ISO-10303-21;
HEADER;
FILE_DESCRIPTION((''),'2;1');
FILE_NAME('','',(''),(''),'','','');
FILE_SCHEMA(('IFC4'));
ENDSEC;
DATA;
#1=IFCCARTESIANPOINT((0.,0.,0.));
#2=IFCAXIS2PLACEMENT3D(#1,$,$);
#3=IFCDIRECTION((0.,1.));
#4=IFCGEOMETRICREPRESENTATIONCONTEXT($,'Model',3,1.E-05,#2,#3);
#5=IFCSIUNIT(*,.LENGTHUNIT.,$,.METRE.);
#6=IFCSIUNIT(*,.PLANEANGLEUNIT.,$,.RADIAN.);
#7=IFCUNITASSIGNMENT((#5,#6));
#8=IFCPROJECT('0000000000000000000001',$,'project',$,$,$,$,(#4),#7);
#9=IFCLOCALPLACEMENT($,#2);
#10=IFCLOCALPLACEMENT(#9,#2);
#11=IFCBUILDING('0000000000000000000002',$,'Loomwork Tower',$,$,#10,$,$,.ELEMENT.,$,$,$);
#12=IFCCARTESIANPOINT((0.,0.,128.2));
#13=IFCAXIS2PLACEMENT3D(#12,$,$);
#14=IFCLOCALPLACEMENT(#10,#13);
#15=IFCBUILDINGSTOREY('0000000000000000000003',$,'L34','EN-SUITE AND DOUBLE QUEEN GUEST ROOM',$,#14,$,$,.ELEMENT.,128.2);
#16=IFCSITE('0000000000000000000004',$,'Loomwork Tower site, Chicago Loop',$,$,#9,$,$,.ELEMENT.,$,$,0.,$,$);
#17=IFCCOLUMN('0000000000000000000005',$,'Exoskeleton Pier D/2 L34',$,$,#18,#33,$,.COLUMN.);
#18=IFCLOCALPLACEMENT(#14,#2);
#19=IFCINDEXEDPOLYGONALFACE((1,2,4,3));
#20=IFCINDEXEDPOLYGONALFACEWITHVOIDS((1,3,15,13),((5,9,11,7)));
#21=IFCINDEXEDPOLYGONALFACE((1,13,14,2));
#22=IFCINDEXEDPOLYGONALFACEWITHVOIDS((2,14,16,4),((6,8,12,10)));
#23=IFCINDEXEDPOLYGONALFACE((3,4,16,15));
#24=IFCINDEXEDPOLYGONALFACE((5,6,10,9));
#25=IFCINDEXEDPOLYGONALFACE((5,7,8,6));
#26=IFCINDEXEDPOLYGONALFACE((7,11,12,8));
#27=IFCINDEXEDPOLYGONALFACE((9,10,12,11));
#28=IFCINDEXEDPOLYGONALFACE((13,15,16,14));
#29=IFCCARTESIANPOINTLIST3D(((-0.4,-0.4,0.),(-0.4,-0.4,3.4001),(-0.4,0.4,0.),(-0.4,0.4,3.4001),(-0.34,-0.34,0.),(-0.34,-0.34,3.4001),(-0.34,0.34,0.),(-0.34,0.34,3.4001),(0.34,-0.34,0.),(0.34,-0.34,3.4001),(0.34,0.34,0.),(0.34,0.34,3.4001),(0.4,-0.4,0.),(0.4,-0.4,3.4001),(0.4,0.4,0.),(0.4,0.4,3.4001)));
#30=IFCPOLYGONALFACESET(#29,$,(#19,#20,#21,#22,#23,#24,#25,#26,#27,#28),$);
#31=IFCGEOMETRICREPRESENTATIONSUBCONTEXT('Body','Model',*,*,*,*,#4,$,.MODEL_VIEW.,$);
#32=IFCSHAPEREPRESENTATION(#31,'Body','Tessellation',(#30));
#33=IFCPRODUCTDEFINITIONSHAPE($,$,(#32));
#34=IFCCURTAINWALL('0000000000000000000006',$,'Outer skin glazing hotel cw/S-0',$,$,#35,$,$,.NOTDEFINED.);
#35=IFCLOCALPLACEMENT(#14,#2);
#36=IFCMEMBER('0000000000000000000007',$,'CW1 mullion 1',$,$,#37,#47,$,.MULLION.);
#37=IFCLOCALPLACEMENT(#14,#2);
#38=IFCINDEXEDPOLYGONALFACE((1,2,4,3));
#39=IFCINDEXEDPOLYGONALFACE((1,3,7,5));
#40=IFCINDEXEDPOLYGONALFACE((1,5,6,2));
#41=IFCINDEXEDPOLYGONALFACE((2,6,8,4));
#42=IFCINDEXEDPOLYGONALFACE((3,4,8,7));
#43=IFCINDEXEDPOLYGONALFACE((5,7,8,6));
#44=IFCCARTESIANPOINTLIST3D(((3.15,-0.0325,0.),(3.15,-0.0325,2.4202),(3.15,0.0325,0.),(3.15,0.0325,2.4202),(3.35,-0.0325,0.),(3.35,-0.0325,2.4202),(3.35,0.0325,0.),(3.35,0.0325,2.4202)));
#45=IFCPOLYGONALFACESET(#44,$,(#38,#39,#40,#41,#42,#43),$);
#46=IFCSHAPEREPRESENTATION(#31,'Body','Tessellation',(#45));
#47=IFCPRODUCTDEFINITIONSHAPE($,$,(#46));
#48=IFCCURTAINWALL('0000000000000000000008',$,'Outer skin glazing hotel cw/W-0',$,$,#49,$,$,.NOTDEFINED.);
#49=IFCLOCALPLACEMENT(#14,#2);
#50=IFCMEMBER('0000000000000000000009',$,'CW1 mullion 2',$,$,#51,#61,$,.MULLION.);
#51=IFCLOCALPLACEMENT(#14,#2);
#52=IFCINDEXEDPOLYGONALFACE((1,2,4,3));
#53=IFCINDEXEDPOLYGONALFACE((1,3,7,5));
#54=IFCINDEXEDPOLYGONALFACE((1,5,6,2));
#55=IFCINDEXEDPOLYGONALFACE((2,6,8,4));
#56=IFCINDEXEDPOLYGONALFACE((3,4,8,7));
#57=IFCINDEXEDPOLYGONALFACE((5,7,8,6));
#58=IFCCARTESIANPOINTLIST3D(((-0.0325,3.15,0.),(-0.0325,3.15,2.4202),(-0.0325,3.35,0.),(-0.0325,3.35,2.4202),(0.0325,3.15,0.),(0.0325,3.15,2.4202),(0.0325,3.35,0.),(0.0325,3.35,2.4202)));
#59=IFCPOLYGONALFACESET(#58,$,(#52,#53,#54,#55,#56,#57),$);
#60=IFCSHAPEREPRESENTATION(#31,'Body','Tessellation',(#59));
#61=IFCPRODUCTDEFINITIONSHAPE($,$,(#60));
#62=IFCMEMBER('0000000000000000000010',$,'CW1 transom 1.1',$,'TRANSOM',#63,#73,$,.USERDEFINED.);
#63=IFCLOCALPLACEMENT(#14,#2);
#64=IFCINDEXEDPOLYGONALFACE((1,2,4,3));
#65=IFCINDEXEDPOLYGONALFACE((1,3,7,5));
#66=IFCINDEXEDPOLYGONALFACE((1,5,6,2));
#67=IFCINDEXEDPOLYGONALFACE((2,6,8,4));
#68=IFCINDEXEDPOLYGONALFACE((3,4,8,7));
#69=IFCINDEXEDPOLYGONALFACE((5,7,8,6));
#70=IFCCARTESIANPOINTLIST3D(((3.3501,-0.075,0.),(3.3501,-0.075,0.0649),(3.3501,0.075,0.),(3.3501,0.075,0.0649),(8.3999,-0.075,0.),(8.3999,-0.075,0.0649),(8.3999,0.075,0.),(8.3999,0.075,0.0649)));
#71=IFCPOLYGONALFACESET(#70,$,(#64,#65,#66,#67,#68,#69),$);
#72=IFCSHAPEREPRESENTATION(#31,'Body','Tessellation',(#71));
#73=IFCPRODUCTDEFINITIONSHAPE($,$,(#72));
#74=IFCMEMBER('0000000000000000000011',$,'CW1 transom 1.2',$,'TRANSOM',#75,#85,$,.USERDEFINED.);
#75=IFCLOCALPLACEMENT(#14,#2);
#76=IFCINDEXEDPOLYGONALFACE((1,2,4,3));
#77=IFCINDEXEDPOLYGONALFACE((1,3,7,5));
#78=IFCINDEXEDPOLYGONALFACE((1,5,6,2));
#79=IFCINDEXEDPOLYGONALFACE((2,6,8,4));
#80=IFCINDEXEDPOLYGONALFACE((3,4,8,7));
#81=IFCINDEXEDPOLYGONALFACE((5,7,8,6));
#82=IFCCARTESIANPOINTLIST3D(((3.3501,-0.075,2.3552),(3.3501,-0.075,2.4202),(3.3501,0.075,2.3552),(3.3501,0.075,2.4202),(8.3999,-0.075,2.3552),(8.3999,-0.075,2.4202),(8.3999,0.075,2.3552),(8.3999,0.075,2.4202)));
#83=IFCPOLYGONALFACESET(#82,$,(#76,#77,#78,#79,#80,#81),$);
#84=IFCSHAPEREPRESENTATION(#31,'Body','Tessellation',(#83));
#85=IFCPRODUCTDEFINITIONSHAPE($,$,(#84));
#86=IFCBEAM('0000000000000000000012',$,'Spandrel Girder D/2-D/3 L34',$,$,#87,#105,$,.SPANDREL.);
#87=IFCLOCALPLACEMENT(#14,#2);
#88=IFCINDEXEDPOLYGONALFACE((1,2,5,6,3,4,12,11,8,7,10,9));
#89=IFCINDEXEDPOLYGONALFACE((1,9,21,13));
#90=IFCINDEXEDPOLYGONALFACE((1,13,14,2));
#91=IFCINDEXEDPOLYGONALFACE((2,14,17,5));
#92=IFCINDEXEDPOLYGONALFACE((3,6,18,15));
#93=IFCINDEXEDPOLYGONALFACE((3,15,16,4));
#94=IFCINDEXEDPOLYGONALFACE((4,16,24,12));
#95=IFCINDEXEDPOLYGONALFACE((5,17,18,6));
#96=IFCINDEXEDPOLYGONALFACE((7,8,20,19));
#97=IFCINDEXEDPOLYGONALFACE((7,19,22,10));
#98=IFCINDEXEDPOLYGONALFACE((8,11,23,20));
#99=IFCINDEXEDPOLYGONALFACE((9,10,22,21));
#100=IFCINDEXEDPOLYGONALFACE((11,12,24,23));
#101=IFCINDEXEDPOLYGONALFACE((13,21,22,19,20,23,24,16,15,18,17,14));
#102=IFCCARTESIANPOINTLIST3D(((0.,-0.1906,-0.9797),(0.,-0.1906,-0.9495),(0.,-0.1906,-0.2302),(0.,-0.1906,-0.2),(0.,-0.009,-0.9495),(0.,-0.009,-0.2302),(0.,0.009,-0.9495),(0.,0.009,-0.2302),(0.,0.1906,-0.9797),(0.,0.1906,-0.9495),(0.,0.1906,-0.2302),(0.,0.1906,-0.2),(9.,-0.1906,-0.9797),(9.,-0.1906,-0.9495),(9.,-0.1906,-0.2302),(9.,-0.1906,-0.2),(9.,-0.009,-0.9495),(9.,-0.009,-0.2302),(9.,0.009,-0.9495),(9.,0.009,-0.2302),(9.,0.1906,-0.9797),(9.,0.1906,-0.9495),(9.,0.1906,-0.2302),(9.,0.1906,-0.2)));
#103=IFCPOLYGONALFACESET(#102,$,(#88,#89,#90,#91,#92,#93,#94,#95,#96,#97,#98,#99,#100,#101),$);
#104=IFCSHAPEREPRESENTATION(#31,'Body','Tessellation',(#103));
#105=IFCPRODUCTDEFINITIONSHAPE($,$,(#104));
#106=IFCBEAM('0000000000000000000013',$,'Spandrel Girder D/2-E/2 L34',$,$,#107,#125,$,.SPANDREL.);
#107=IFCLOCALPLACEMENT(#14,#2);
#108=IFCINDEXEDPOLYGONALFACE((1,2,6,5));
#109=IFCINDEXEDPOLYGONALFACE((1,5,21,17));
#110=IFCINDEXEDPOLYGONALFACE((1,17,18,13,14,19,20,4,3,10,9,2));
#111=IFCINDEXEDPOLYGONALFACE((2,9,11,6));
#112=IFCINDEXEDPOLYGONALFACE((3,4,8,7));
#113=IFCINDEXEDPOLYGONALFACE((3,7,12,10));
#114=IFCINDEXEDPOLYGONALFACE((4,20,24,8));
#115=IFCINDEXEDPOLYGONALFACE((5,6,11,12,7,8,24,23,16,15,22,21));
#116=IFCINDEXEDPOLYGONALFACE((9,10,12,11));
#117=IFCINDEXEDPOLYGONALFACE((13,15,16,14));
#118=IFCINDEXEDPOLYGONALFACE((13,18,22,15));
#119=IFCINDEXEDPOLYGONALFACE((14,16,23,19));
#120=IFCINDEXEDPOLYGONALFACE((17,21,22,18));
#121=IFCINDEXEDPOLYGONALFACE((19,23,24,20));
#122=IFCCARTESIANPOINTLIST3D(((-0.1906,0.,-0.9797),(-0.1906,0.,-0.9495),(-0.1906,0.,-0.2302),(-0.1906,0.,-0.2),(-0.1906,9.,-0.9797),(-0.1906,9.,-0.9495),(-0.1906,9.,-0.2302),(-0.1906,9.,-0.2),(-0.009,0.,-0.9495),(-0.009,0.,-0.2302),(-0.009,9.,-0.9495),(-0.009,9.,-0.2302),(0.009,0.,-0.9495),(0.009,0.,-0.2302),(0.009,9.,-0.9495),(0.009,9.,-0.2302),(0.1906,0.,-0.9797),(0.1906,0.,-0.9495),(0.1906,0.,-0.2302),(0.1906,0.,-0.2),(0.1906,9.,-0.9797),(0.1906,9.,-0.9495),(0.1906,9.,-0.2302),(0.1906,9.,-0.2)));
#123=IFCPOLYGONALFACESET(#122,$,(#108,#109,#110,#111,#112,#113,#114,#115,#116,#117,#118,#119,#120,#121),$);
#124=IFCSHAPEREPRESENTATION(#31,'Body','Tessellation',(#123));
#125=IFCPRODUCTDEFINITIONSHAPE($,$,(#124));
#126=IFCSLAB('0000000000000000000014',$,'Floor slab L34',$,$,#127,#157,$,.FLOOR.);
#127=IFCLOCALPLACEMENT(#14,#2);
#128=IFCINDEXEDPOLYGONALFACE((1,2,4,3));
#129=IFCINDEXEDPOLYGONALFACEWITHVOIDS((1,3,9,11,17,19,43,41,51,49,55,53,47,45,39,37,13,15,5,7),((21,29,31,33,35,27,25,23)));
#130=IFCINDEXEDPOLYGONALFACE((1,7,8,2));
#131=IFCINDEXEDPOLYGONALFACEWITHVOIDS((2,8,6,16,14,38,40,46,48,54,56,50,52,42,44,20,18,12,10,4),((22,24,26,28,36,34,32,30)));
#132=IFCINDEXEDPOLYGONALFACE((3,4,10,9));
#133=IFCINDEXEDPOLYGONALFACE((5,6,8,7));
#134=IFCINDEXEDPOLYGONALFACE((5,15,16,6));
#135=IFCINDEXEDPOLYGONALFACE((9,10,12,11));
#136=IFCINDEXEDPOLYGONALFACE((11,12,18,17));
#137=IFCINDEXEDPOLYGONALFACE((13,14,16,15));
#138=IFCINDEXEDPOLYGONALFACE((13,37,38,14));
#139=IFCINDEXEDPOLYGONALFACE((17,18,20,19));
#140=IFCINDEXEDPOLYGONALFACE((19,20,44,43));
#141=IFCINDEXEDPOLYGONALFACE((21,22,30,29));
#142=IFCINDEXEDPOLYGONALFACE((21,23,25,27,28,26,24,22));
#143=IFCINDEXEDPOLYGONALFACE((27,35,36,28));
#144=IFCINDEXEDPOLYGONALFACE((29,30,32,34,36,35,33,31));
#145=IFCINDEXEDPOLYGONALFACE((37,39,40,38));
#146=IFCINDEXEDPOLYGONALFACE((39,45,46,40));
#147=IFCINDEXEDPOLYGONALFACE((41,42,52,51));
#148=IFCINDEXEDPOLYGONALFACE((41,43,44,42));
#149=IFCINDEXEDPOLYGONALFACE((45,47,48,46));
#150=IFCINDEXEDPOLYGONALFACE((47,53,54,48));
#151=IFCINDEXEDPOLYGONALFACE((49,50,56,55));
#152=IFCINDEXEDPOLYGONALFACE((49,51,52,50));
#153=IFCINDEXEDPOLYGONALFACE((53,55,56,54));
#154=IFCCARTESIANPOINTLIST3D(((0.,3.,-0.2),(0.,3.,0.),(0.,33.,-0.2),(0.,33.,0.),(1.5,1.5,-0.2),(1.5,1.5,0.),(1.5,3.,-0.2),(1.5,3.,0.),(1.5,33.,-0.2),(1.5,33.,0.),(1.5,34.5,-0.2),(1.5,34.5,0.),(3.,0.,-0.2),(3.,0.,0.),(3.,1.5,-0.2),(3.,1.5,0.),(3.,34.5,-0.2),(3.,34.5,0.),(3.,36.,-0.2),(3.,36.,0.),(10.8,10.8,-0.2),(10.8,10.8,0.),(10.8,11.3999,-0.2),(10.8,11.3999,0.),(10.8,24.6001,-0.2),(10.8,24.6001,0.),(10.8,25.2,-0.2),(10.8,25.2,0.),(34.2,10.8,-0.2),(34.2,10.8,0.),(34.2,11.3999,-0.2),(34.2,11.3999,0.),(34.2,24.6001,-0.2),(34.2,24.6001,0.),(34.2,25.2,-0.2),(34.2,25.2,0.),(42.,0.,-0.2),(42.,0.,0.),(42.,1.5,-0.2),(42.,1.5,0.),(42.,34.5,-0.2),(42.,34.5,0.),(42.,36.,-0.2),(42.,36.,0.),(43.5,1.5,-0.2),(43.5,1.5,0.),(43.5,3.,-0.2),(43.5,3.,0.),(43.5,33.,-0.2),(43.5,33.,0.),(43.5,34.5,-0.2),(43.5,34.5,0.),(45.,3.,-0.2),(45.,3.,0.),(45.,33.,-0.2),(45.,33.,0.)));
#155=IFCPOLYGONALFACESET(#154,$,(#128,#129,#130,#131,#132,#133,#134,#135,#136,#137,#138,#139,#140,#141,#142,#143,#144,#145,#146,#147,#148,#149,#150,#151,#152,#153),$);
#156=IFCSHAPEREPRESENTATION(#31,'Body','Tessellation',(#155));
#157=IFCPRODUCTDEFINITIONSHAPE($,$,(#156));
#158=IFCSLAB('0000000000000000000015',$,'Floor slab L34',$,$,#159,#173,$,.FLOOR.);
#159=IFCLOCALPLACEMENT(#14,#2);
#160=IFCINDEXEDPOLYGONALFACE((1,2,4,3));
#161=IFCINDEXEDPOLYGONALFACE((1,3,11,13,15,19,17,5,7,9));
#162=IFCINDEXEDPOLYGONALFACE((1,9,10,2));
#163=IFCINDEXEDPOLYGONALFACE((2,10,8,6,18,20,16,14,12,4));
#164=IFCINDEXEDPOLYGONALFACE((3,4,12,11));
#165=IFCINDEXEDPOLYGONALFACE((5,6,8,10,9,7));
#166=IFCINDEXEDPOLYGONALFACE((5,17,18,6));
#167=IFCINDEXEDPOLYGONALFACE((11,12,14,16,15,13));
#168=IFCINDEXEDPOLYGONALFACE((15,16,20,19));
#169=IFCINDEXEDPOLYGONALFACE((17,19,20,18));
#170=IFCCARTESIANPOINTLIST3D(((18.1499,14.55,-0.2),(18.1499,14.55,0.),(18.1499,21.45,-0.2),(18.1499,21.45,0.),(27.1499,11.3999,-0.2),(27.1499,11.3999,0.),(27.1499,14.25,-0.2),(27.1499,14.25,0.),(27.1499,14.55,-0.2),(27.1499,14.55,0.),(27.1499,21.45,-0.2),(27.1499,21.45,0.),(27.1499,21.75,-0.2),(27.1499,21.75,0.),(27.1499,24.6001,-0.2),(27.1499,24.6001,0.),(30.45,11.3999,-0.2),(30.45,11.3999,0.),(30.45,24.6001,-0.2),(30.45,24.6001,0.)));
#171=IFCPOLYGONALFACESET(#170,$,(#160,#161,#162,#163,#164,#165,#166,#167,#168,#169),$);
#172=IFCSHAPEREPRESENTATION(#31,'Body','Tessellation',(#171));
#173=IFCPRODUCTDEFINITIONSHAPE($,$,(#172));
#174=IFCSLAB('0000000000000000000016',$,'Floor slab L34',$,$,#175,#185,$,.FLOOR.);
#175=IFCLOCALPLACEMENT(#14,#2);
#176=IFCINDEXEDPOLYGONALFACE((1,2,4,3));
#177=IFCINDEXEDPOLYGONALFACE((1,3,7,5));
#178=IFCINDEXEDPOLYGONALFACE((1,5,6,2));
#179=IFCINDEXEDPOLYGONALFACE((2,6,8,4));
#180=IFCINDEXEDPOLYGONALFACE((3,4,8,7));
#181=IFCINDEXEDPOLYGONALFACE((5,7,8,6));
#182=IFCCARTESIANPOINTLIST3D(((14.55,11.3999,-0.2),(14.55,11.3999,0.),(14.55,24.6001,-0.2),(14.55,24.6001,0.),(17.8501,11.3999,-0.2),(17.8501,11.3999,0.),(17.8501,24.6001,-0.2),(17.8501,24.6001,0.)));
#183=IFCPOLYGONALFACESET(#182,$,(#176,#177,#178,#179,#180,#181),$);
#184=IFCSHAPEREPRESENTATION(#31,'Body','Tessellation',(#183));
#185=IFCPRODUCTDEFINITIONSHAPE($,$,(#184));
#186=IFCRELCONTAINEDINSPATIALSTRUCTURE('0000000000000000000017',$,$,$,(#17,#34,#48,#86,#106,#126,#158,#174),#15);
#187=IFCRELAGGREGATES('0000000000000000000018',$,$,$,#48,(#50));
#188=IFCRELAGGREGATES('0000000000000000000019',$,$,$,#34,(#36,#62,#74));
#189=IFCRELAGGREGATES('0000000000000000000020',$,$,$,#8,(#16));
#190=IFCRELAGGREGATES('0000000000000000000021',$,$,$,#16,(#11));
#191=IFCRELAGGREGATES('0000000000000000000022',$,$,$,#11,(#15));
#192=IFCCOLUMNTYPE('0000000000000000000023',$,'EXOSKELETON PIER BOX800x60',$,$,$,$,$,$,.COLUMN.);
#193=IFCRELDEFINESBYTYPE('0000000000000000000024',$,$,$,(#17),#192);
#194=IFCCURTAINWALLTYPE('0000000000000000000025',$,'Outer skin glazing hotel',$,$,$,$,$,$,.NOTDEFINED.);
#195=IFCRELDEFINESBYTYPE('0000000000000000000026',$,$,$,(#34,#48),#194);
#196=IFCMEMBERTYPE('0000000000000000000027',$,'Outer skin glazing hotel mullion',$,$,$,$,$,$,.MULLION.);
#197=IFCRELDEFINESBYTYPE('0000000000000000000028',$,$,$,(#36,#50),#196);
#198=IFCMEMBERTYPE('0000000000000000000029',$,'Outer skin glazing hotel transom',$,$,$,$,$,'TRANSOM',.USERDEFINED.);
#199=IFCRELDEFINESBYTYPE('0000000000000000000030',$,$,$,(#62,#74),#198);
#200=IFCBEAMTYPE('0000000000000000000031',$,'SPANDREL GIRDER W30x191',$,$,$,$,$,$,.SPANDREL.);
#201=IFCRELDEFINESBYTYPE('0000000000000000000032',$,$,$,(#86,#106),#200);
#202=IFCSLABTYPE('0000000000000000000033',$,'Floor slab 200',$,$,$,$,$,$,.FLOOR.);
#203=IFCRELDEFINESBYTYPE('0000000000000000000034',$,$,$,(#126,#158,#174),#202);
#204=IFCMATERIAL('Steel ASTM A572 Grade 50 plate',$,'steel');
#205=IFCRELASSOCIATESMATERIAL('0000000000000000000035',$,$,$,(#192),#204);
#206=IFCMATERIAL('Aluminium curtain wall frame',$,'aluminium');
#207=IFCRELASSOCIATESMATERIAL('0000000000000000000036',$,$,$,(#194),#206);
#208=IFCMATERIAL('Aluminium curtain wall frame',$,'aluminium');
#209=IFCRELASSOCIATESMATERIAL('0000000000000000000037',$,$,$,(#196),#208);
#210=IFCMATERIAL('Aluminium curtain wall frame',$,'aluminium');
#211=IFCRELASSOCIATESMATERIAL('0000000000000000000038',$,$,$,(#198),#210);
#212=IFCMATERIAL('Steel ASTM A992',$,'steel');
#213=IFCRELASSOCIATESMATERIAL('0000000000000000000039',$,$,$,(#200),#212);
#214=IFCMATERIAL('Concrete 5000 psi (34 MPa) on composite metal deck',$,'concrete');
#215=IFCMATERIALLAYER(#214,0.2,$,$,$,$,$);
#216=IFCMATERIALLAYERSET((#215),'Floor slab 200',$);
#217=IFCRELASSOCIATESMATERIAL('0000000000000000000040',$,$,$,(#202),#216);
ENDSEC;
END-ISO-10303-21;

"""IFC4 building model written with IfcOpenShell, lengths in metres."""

from ifc_helpers import new_model, si_unit, direction, frame, origin, origin_with_axes, origin_2d, place, context, subcontext, project, spatial, polyline, rectangle, hollow_rectangle, i_section, outline, extrude, material, layer, layer_set, material_profile, profile_set, type_object, element, aggregate, save


model = new_model("IFC4")

# Units and contexts
model_context = context("Model", 3, precision=1e-05, world=origin(), true_north=direction((0.0, 1.0)))
body_context = subcontext(model_context, "Body", "Model", "MODEL_VIEW")
ifc_project = project(units=[si_unit("LENGTHUNIT", "METRE"), si_unit("PLANEANGLEUNIT", "RADIAN")], contexts=[model_context])

# Site, building, storey
site_placement = place(None, origin())
site = spatial("IfcSite", under=ifc_project, at=site_placement, Name="Loomwork Tower site, Chicago Loop", CompositionType="ELEMENT", RefElevation=0.0)
building_placement = place(site_placement, origin())
building = spatial("IfcBuilding", under=site, at=building_placement, Name="Loomwork Tower", CompositionType="ELEMENT")
storey_placement = place(building_placement, frame((0.0, 0.0, 128.2)))
storey = spatial("IfcBuildingStorey", under=building, at=storey_placement, Name="L34", Description="EN-SUITE AND DOUBLE QUEEN GUEST ROOM", CompositionType="ELEMENT", Elevation=128.2)

# Column
ifc_material_1 = material(Name="Steel ASTM A572 Grade 50 plate", Category="steel")
ifc_material_profile_1 = material_profile(ifc_material_1, hollow_rectangle(XDim=0.8, YDim=0.8, WallThickness=0.0601, at=origin_2d()), Name="BOX800x60")
ifc_profile_set_1 = profile_set([ifc_material_profile_1], Name="Steel ASTM A572 Grade 50 plate")
column_type = type_object("IfcColumnType", Name="EXOSKELETON PIER BOX800x60", PredefinedType="COLUMN", material=ifc_profile_set_1)
column_placement = place(storey_placement, origin_with_axes())
element("IfcColumn", 1, at=column_placement, inside=storey, type_object=column_type, Name="Exoskeleton Pier D/2 L34", PredefinedType="COLUMN", context=body_context, shape_type="SweptSolid", body=[
    extrude(hollow_rectangle(XDim=0.8, YDim=0.8, WallThickness=0.0601, at=origin_2d()), origin(), (0.0, 0.0, 1.0), 3.4001),
])

# Curtain walls, members
ifc_material_2 = material(Name="Aluminium curtain wall frame", Category="aluminium")
curtain_wall_type = type_object("IfcCurtainWallType", Name="Outer skin glazing hotel", PredefinedType="NOTDEFINED", material=ifc_material_2)
curtain_wall_1_placement = place(storey_placement, origin())
curtain_wall_1 = element("IfcCurtainWall", 2, at=curtain_wall_1_placement, inside=storey, type_object=curtain_wall_type, Name="Outer skin glazing hotel cw/S-0", PredefinedType="NOTDEFINED")
ifc_material_3 = material(Name="Aluminium curtain wall frame", Category="aluminium")
ifc_material_profile_2 = material_profile(ifc_material_3, rectangle(XDim=0.0649, YDim=0.2, at=origin_2d()), Name="AL 65x200")
ifc_profile_set_2 = profile_set([ifc_material_profile_2], Name="Aluminium curtain wall frame")
member_type_1 = type_object("IfcMemberType", Name="Outer skin glazing hotel mullion", PredefinedType="MULLION", material=ifc_profile_set_2)
member_1_placement = place(storey_placement, frame((3.25, 0.0, 0.0), z_axis=(0.0, 0.0, 1.0), x_axis=(0.0, 1.0, 0.0)))
member_1 = element("IfcMember", 3, at=member_1_placement, type_object=member_type_1, Name="CW1 mullion 1", PredefinedType="MULLION", context=body_context, shape_type="SweptSolid", body=[
    extrude(rectangle(XDim=0.0649, YDim=0.2, at=origin_2d()), origin(), (0.0, 0.0, 1.0), 2.4202),
])
curtain_wall_2_placement = place(storey_placement, origin())
curtain_wall_2 = element("IfcCurtainWall", 4, at=curtain_wall_2_placement, inside=storey, type_object=curtain_wall_type, Name="Outer skin glazing hotel cw/W-0", PredefinedType="NOTDEFINED")
member_2_placement = place(storey_placement, frame((0.0, 3.25, 0.0), z_axis=(0.0, 0.0, 1.0), x_axis=(1.0, 0.0, 0.0)))
member_2 = element("IfcMember", 5, at=member_2_placement, type_object=member_type_1, Name="CW1 mullion 2", PredefinedType="MULLION", context=body_context, shape_type="SweptSolid", body=[
    extrude(rectangle(XDim=0.0649, YDim=0.2, at=origin_2d()), origin(), (0.0, 0.0, 1.0), 2.4202),
])
aggregate(curtain_wall_2, [member_2])

# Members
ifc_material_4 = material(Name="Aluminium curtain wall frame", Category="aluminium")
ifc_material_profile_3 = material_profile(ifc_material_4, rectangle(XDim=0.1499, YDim=0.0649, at=origin_2d()), Name="AL 65x150")
ifc_profile_set_3 = profile_set([ifc_material_profile_3], Name="Aluminium curtain wall frame")
member_type_2 = type_object("IfcMemberType", Name="Outer skin glazing hotel transom", ElementType="TRANSOM", PredefinedType="USERDEFINED", material=ifc_profile_set_3)
member_3_placement = place(storey_placement, frame((3.3501, 0.0, 0.0325), z_axis=(1.0, 0.0, 0.0), x_axis=(0.0, 1.0, 0.0)))
member_3 = element("IfcMember", 6, at=member_3_placement, type_object=member_type_2, Name="CW1 transom 1.1", ObjectType="TRANSOM", PredefinedType="USERDEFINED", context=body_context, shape_type="SweptSolid", body=[
    extrude(rectangle(XDim=0.1499, YDim=0.0649, at=origin_2d()), origin(), (0.0, 0.0, 1.0), 5.0498),
])
member_4_placement = place(storey_placement, frame((3.3501, 0.0, 2.3877), z_axis=(1.0, 0.0, 0.0), x_axis=(0.0, 1.0, 0.0)))
member_4 = element("IfcMember", 7, at=member_4_placement, type_object=member_type_2, Name="CW1 transom 1.2", ObjectType="TRANSOM", PredefinedType="USERDEFINED", context=body_context, shape_type="SweptSolid", body=[
    extrude(rectangle(XDim=0.1499, YDim=0.0649, at=origin_2d()), origin(), (0.0, 0.0, 1.0), 5.0498),
])

# Beams
ifc_material_5 = material(Name="Steel ASTM A992", Category="steel")
ifc_material_profile_4 = material_profile(ifc_material_5, i_section(OverallWidth=0.3811, OverallDepth=0.7798, WebThickness=0.0181, FlangeThickness=0.0303, at=origin_2d()), Name="W30x191")
ifc_profile_set_4 = profile_set([ifc_material_profile_4], Name="Steel ASTM A992")
beam_type = type_object("IfcBeamType", Name="SPANDREL GIRDER W30x191", PredefinedType="SPANDREL", material=ifc_profile_set_4)
for number, where, z_axis, x_axis, name in (
    (8, (0.0, 0.0, -0.5898), (1.0, 0.0, 0.0), (0.0, 1.0, 0.0), "Spandrel Girder D/2-D/3 L34"),
    (9, (0.0, 0.0, -0.5898), (0.0, 1.0, 0.0), (-1.0, 0.0, 0.0), "Spandrel Girder D/2-E/2 L34"),
):
    element("IfcBeam", number, at=place(storey_placement, frame(where, z_axis=z_axis, x_axis=x_axis)), inside=storey, type_object=beam_type, Name=name, PredefinedType="SPANDREL", context=body_context, shape_type="SweptSolid", body=[
        extrude(i_section(OverallWidth=0.3811, OverallDepth=0.7798, WebThickness=0.0181, FlangeThickness=0.0303, at=origin_2d()), origin(), (0.0, 0.0, 1.0), 9.0),
    ])

# Slabs
ifc_material_6 = material(Name="Concrete 5000 psi (34 MPa) on composite metal deck", Category="concrete")
ifc_layer_1 = layer(ifc_material_6, 0.2)
ifc_layer_set_1 = layer_set([ifc_layer_1], Name="Floor slab 200")
slab_type_1 = type_object("IfcSlabType", Name="Floor slab 200", PredefinedType="FLOOR", material=ifc_layer_set_1)
slab_1_placement = place(storey_placement, frame((0.0, 0.0, -0.2)))
element("IfcSlab", 10, at=slab_1_placement, inside=storey, type_object=slab_type_1, Name="Floor slab L34", PredefinedType="FLOOR", context=body_context, shape_type="SweptSolid", body=[
    extrude(outline(polyline([(3.0, 1.5), (1.5, 1.5), (1.5, 3.0), (0.0, 3.0), (0.0, 33.0), (1.5, 33.0), (1.5, 34.5), (3.0, 34.5), (3.0, 36.0), (42.0, 36.0), (42.0, 34.5), (43.5, 34.5), (43.5, 33.0), (45.0, 33.0), (45.0, 3.0), (43.5, 3.0), (43.5, 1.5), (42.0, 1.5), (42.0, 0.0), (3.0, 0.0), (3.0, 1.5)]), holes=[polyline([(10.8, 11.3999), (10.8, 11.3999), (10.8, 10.8), (34.2, 10.8), (34.2, 11.3999), (34.2, 11.3999), (34.2, 24.6001), (34.2, 25.2), (10.8, 25.2), (10.8, 24.6001), (10.8, 11.3999)])]), origin(), (0.0, 0.0, 1.0), 0.2),
])
slab_2_placement = place(storey_placement, frame((0.0, 0.0, -0.2)))
element("IfcSlab", 11, at=slab_2_placement, inside=storey, type_object=slab_type_1, Name="Floor slab L34", PredefinedType="FLOOR", context=body_context, shape_type="SweptSolid", body=[
    extrude(outline(polyline([(30.45, 24.6001), (30.45, 11.3999), (27.1499, 11.3999), (27.1499, 14.25), (27.1499, 14.55), (18.1499, 14.55), (18.1499, 21.45), (27.1499, 21.45), (27.1499, 21.75), (27.1499, 24.6001), (30.45, 24.6001)])), origin(), (0.0, 0.0, 1.0), 0.2),
])
slab_3_placement = place(storey_placement, frame((0.0, 0.0, -0.2)))
element("IfcSlab", 12, at=slab_3_placement, inside=storey, type_object=slab_type_1, Name="Floor slab L34", PredefinedType="FLOOR", context=body_context, shape_type="SweptSolid", body=[
    extrude(outline(polyline([(14.55, 11.3999), (14.55, 24.6001), (17.8501, 24.6001), (17.8501, 11.3999), (14.55, 11.3999)])), origin(), (0.0, 0.0, 1.0), 0.2),
])

aggregate(curtain_wall_1, [member_1, member_3, member_4])

save(model, "model.ifc")
